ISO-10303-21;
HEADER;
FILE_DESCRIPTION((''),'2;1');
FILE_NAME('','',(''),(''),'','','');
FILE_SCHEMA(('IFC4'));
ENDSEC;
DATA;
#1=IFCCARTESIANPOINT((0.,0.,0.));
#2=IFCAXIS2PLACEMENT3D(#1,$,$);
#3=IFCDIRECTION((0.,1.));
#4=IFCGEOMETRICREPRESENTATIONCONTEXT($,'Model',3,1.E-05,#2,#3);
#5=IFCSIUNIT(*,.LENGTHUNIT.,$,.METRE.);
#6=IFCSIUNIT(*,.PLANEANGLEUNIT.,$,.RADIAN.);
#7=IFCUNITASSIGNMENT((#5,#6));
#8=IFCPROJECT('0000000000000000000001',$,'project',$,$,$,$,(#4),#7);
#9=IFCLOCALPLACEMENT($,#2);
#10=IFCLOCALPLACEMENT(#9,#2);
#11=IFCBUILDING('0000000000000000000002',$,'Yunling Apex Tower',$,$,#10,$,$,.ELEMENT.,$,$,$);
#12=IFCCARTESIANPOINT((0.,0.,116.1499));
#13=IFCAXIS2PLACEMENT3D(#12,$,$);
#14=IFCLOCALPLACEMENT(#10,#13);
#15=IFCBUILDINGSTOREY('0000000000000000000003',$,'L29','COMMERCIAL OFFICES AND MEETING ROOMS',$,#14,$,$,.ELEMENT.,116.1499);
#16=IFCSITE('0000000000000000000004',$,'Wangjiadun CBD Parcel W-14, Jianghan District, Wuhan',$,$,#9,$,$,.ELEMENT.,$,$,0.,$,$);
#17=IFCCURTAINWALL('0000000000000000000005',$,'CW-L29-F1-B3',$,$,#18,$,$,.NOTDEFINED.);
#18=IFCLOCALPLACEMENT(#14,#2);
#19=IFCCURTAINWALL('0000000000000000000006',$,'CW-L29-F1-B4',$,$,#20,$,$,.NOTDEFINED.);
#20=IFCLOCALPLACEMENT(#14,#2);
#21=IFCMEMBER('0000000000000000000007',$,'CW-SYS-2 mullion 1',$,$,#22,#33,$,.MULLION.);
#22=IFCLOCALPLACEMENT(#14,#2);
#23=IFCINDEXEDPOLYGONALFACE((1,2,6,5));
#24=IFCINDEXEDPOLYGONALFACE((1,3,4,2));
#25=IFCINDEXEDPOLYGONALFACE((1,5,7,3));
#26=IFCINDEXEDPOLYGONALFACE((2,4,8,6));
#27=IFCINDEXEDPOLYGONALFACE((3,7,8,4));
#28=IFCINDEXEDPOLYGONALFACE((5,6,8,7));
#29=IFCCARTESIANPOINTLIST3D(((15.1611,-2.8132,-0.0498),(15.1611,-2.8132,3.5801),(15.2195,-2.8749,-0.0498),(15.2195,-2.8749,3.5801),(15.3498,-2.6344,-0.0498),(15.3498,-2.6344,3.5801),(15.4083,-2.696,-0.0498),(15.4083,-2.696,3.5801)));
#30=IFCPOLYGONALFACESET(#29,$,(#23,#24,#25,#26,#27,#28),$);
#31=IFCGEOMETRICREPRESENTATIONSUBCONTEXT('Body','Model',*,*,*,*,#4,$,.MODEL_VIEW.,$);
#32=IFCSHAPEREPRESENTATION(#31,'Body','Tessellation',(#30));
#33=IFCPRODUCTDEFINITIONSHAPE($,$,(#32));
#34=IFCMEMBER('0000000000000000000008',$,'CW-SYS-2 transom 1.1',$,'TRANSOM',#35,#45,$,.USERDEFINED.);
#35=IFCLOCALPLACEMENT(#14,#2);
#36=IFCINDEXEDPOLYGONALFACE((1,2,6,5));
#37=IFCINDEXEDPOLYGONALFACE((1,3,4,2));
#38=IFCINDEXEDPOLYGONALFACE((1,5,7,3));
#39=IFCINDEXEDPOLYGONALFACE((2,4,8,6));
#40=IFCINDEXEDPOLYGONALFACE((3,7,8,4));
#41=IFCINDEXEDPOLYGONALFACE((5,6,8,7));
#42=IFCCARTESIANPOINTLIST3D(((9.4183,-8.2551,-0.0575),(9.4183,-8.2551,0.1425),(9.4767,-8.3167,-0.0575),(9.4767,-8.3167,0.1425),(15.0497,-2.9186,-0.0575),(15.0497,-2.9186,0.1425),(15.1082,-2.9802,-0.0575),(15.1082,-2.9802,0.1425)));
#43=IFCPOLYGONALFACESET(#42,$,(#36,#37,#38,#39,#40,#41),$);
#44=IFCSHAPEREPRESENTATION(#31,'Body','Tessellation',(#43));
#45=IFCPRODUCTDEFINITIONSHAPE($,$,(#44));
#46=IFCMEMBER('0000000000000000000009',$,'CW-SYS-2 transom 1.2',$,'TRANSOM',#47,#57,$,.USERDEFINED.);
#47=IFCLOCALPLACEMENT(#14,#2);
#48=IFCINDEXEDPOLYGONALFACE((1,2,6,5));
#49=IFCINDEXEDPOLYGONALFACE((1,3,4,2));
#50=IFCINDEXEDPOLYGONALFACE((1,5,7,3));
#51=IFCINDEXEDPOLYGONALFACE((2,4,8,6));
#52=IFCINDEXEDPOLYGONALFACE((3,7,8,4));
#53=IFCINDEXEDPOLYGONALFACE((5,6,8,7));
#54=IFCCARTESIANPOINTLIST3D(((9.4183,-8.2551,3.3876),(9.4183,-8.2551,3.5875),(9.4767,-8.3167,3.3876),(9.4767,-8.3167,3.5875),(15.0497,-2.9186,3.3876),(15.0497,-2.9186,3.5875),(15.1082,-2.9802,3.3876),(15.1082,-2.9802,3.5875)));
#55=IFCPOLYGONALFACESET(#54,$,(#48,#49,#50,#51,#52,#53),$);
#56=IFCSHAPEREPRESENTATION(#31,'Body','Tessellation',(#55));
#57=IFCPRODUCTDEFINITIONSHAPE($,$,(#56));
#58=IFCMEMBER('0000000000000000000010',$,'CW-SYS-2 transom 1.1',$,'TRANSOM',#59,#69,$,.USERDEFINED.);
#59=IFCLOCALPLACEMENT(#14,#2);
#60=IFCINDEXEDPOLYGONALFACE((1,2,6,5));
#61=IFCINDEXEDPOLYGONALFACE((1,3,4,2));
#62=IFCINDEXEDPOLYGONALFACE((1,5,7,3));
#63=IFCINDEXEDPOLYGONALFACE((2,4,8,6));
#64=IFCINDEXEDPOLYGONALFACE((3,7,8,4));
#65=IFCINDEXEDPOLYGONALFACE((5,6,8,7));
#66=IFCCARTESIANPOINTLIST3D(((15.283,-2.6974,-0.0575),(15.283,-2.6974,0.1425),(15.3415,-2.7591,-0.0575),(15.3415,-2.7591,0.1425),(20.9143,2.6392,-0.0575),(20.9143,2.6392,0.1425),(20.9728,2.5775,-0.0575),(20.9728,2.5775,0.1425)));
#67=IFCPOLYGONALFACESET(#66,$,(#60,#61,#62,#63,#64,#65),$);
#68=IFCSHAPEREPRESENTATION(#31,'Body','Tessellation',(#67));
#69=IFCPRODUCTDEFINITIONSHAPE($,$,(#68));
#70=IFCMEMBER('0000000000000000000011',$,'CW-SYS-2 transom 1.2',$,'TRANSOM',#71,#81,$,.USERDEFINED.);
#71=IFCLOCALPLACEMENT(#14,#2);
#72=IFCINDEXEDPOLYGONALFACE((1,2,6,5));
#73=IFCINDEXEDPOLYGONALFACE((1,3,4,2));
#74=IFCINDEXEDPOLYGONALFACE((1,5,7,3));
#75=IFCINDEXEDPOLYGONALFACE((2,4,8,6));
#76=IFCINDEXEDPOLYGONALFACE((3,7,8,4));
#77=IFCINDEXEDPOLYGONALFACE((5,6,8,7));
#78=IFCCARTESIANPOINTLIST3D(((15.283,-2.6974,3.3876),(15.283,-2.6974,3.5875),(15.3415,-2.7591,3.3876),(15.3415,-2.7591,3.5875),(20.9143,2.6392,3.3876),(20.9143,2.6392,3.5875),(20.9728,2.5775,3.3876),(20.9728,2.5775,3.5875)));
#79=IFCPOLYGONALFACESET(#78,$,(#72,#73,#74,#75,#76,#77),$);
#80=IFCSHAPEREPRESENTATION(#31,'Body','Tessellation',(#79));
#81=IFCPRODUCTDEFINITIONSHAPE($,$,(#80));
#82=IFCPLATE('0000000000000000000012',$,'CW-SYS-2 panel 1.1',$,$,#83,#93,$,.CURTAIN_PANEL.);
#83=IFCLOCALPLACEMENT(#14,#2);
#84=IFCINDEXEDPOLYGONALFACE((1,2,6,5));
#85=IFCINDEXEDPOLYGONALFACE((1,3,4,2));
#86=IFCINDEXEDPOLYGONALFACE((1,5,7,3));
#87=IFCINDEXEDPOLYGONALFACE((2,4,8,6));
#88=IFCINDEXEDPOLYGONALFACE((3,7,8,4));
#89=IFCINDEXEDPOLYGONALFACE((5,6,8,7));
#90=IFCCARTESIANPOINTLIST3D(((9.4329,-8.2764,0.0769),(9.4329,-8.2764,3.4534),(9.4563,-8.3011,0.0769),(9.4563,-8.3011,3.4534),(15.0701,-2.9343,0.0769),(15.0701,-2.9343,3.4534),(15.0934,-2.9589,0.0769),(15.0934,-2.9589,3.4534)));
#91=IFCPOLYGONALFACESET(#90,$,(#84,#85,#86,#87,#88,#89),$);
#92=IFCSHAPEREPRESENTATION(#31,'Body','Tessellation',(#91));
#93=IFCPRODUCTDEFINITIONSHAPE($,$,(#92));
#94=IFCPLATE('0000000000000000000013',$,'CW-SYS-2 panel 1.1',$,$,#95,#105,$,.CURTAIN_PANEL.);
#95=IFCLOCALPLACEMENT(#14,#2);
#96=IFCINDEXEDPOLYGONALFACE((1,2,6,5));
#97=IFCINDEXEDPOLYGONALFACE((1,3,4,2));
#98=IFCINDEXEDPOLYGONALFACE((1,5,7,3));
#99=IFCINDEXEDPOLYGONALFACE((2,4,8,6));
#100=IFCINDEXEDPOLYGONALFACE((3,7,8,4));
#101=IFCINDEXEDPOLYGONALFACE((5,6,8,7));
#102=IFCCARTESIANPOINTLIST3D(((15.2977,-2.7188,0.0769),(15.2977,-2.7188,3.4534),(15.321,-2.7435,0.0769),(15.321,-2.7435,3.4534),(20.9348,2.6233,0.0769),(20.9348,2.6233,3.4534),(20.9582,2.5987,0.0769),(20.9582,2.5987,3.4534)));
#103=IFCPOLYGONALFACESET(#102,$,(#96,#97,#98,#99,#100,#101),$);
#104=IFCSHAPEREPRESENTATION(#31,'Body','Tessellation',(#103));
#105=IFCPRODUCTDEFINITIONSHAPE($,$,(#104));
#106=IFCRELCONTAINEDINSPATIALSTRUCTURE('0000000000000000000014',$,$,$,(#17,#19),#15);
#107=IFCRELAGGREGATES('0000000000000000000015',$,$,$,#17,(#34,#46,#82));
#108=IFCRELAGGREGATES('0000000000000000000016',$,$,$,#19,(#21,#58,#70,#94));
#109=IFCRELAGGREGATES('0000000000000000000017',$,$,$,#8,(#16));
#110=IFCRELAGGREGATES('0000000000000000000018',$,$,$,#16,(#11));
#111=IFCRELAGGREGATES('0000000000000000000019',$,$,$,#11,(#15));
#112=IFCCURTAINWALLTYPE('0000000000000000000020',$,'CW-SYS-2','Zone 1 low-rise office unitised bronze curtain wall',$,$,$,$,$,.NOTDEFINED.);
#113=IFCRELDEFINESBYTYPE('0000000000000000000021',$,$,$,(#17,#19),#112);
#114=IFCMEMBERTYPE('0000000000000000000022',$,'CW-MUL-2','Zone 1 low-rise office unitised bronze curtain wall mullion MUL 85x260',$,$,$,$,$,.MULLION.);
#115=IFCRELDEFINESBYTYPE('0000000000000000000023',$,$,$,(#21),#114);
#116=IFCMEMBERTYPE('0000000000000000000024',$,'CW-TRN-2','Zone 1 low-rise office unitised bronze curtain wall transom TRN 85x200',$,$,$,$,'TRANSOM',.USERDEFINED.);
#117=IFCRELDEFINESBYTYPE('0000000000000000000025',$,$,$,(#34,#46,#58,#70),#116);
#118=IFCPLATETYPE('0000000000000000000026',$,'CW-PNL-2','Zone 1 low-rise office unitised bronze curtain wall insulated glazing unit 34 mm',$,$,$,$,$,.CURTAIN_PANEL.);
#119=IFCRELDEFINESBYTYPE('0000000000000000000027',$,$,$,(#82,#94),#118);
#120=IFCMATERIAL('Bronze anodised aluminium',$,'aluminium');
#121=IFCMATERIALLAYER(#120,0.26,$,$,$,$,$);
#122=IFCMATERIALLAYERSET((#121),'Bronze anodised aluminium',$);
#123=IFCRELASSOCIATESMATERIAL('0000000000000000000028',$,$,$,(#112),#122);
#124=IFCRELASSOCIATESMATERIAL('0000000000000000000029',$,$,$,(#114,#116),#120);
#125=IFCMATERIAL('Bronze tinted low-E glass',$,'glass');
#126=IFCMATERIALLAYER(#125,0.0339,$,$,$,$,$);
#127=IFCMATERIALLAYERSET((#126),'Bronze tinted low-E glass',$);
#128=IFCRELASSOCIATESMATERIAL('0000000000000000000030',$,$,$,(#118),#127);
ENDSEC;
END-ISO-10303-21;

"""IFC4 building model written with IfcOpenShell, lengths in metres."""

from ifc_helpers import new_model, si_unit, direction, frame, origin, origin_2d, place, context, subcontext, project, spatial, rectangle, extrude, source, transform, mapped, material, layer, layer_set, material_profile, profile_set, type_object, element, aggregate, save


model = new_model("IFC4")

# Units and contexts
model_context = context("Model", 3, precision=1e-05, world=origin(), true_north=direction((0.0, 1.0)))
body_context = subcontext(model_context, "Body", "Model", "MODEL_VIEW")
ifc_project = project(units=[si_unit("LENGTHUNIT", "METRE"), si_unit("PLANEANGLEUNIT", "RADIAN")], contexts=[model_context])

# Site, building, storey
site_placement = place(None, origin())
site = spatial("IfcSite", under=ifc_project, at=site_placement, Name="Wangjiadun CBD Parcel W-14, Jianghan District, Wuhan", CompositionType="ELEMENT", RefElevation=0.0)
building_placement = place(site_placement, origin())
building = spatial("IfcBuilding", under=site, at=building_placement, Name="Yunling Apex Tower", CompositionType="ELEMENT")
storey_placement = place(building_placement, frame((0.0, 0.0, 116.1499)))
storey = spatial("IfcBuildingStorey", under=building, at=storey_placement, Name="L29", Description="COMMERCIAL OFFICES AND MEETING ROOMS", CompositionType="ELEMENT", Elevation=116.1499)

# Shared definitions
ifc_material_1 = material(Name="Bronze anodised aluminium", Category="aluminium")
ifc_layer_1 = layer(ifc_material_1, 0.26)
ifc_layer_set_1 = layer_set([ifc_layer_1], Name="Bronze anodised aluminium")
curtain_wall_type = type_object("IfcCurtainWallType", Name="CW-SYS-2", Description="Zone 1 low-rise office unitised bronze curtain wall", PredefinedType="NOTDEFINED", material=ifc_layer_set_1)
ifc_material_profile_1 = material_profile(ifc_material_1, rectangle(XDim=0.085, YDim=0.26, at=origin_2d()))
ifc_profile_set_1 = profile_set([ifc_material_profile_1], Name="Bronze anodised aluminium")
member_type_1 = type_object("IfcMemberType", Name="CW-MUL-2", Description="Zone 1 low-rise office unitised bronze curtain wall mullion MUL 85x260", PredefinedType="MULLION", material=ifc_profile_set_1)
shared_shape_1 = source(origin(), body_context, "Body", "SweptSolid", [
    extrude(rectangle(XDim=0.085, YDim=0.26, at=origin_2d()), origin(), (0.0, 0.0, 1.0), 3.6299),
])

# Curtain wall
curtain_wall_1_placement = place(storey_placement, origin())
curtain_wall_1 = element("IfcCurtainWall", 1, at=curtain_wall_1_placement, inside=storey, type_object=curtain_wall_type, Name="CW-L29-F1-B3", PredefinedType="NOTDEFINED")

# Curtain wall, member
curtain_wall_2_placement = place(storey_placement, origin())
curtain_wall_2 = element("IfcCurtainWall", 2, at=curtain_wall_2_placement, inside=storey, type_object=curtain_wall_type, Name="CW-L29-F1-B4", PredefinedType="NOTDEFINED")
member_1_placement = place(storey_placement, frame((15.2847, -2.7546, -0.0498), z_axis=(0.0, 0.0, 1.0), x_axis=(-0.687861, 0.725842, 0.0)))
member_1 = element("IfcMember", 3, at=member_1_placement, type_object=member_type_1, Name="CW-SYS-2 mullion 1", PredefinedType="MULLION", context=body_context, shape_type="MappedRepresentation", body=[
    mapped(shared_shape_1, transform((0.0, 0.0, 0.0), scale=1.0)),
])

# Members
ifc_material_profile_2 = material_profile(ifc_material_1, rectangle(XDim=0.085, YDim=0.2, at=origin_2d()))
ifc_profile_set_2 = profile_set([ifc_material_profile_2], Name="Bronze anodised aluminium")
member_type_2 = type_object("IfcMemberType", Name="CW-TRN-2", Description="Zone 1 low-rise office unitised bronze curtain wall transom TRN 85x200", ElementType="TRANSOM", PredefinedType="USERDEFINED", material=ifc_profile_set_2)
shared_shape_2 = source(origin(), body_context, "Body", "SweptSolid", [
    extrude(rectangle(XDim=0.085, YDim=0.2, at=origin_2d()), origin(), (0.0, 0.0, 1.0), 7.7583),
])
member_2_placement = place(storey_placement, frame((9.4475, -8.2859, 0.0425), z_axis=(0.725858, 0.687844, 0.0), x_axis=(-0.687844, 0.725858, 0.0)))
member_2 = element("IfcMember", 4, at=member_2_placement, type_object=member_type_2, Name="CW-SYS-2 transom 1.1", ObjectType="TRANSOM", PredefinedType="USERDEFINED", context=body_context, shape_type="MappedRepresentation", body=[
    mapped(shared_shape_2, transform((0.0, 0.0, 0.0), scale=1.0)),
])
member_3_placement = place(storey_placement, frame((9.4475, -8.2859, 3.4875), z_axis=(0.725858, 0.687844, 0.0), x_axis=(-0.687844, 0.725858, 0.0)))
member_3 = element("IfcMember", 5, at=member_3_placement, type_object=member_type_2, Name="CW-SYS-2 transom 1.2", ObjectType="TRANSOM", PredefinedType="USERDEFINED", context=body_context, shape_type="MappedRepresentation", body=[
    mapped(shared_shape_2, transform((0.0, 0.0, 0.0), scale=1.0)),
])
member_4_placement = place(storey_placement, frame((15.3123, -2.7283, 0.0425), z_axis=(0.725843, 0.687861, 0.0), x_axis=(-0.687861, 0.725843, 0.0)))
member_4 = element("IfcMember", 6, at=member_4_placement, type_object=member_type_2, Name="CW-SYS-2 transom 1.1", ObjectType="TRANSOM", PredefinedType="USERDEFINED", context=body_context, shape_type="MappedRepresentation", body=[
    mapped(shared_shape_2, transform((0.0, 0.0, 0.0), scale=1.0)),
])
member_5_placement = place(storey_placement, frame((15.3123, -2.7283, 3.4875), z_axis=(0.725843, 0.687861, 0.0), x_axis=(-0.687861, 0.725843, 0.0)))
member_5 = element("IfcMember", 7, at=member_5_placement, type_object=member_type_2, Name="CW-SYS-2 transom 1.2", ObjectType="TRANSOM", PredefinedType="USERDEFINED", context=body_context, shape_type="MappedRepresentation", body=[
    mapped(shared_shape_2, transform((0.0, 0.0, 0.0), scale=1.0)),
])

# Plates
ifc_material_2 = material(Name="Bronze tinted low-E glass", Category="glass")
ifc_layer_2 = layer(ifc_material_2, 0.0339)
ifc_layer_set_2 = layer_set([ifc_layer_2], Name="Bronze tinted low-E glass")
plate_type = type_object("IfcPlateType", Name="CW-PNL-2", Description="Zone 1 low-rise office unitised bronze curtain wall insulated glazing unit 34 mm", PredefinedType="CURTAIN_PANEL", material=ifc_layer_set_2)
shared_shape_3 = source(origin(), body_context, "Body", "SweptSolid", [
    extrude(rectangle(XDim=7.7664, YDim=0.0339, at=origin_2d()), origin(), (0.0, 0.0, 1.0), 3.3765),
])
plate_1_placement = place(storey_placement, frame((12.2632, -5.6177, 0.0769), z_axis=(0.0, 0.0, 1.0), x_axis=(0.725842, 0.687861, 0.0)))
plate_1 = element("IfcPlate", 8, at=plate_1_placement, type_object=plate_type, Name="CW-SYS-2 panel 1.1", PredefinedType="CURTAIN_PANEL", context=body_context, shape_type="MappedRepresentation", body=[
    mapped(shared_shape_3, transform((0.0, 0.0, 0.0), scale=1.0)),
])
aggregate(curtain_wall_1, [member_2, member_3, plate_1])
plate_2_placement = place(storey_placement, frame((18.1279, -0.0601, 0.0769), z_axis=(0.0, 0.0, 1.0), x_axis=(0.725842, 0.687861, 0.0)))
plate_2 = element("IfcPlate", 9, at=plate_2_placement, type_object=plate_type, Name="CW-SYS-2 panel 1.1", PredefinedType="CURTAIN_PANEL", context=body_context, shape_type="MappedRepresentation", body=[
    mapped(shared_shape_3, transform((0.0, 0.0, 0.0), scale=1.0)),
])
aggregate(curtain_wall_2, [member_1, member_4, member_5, plate_2])

save(model, "model.ifc")
